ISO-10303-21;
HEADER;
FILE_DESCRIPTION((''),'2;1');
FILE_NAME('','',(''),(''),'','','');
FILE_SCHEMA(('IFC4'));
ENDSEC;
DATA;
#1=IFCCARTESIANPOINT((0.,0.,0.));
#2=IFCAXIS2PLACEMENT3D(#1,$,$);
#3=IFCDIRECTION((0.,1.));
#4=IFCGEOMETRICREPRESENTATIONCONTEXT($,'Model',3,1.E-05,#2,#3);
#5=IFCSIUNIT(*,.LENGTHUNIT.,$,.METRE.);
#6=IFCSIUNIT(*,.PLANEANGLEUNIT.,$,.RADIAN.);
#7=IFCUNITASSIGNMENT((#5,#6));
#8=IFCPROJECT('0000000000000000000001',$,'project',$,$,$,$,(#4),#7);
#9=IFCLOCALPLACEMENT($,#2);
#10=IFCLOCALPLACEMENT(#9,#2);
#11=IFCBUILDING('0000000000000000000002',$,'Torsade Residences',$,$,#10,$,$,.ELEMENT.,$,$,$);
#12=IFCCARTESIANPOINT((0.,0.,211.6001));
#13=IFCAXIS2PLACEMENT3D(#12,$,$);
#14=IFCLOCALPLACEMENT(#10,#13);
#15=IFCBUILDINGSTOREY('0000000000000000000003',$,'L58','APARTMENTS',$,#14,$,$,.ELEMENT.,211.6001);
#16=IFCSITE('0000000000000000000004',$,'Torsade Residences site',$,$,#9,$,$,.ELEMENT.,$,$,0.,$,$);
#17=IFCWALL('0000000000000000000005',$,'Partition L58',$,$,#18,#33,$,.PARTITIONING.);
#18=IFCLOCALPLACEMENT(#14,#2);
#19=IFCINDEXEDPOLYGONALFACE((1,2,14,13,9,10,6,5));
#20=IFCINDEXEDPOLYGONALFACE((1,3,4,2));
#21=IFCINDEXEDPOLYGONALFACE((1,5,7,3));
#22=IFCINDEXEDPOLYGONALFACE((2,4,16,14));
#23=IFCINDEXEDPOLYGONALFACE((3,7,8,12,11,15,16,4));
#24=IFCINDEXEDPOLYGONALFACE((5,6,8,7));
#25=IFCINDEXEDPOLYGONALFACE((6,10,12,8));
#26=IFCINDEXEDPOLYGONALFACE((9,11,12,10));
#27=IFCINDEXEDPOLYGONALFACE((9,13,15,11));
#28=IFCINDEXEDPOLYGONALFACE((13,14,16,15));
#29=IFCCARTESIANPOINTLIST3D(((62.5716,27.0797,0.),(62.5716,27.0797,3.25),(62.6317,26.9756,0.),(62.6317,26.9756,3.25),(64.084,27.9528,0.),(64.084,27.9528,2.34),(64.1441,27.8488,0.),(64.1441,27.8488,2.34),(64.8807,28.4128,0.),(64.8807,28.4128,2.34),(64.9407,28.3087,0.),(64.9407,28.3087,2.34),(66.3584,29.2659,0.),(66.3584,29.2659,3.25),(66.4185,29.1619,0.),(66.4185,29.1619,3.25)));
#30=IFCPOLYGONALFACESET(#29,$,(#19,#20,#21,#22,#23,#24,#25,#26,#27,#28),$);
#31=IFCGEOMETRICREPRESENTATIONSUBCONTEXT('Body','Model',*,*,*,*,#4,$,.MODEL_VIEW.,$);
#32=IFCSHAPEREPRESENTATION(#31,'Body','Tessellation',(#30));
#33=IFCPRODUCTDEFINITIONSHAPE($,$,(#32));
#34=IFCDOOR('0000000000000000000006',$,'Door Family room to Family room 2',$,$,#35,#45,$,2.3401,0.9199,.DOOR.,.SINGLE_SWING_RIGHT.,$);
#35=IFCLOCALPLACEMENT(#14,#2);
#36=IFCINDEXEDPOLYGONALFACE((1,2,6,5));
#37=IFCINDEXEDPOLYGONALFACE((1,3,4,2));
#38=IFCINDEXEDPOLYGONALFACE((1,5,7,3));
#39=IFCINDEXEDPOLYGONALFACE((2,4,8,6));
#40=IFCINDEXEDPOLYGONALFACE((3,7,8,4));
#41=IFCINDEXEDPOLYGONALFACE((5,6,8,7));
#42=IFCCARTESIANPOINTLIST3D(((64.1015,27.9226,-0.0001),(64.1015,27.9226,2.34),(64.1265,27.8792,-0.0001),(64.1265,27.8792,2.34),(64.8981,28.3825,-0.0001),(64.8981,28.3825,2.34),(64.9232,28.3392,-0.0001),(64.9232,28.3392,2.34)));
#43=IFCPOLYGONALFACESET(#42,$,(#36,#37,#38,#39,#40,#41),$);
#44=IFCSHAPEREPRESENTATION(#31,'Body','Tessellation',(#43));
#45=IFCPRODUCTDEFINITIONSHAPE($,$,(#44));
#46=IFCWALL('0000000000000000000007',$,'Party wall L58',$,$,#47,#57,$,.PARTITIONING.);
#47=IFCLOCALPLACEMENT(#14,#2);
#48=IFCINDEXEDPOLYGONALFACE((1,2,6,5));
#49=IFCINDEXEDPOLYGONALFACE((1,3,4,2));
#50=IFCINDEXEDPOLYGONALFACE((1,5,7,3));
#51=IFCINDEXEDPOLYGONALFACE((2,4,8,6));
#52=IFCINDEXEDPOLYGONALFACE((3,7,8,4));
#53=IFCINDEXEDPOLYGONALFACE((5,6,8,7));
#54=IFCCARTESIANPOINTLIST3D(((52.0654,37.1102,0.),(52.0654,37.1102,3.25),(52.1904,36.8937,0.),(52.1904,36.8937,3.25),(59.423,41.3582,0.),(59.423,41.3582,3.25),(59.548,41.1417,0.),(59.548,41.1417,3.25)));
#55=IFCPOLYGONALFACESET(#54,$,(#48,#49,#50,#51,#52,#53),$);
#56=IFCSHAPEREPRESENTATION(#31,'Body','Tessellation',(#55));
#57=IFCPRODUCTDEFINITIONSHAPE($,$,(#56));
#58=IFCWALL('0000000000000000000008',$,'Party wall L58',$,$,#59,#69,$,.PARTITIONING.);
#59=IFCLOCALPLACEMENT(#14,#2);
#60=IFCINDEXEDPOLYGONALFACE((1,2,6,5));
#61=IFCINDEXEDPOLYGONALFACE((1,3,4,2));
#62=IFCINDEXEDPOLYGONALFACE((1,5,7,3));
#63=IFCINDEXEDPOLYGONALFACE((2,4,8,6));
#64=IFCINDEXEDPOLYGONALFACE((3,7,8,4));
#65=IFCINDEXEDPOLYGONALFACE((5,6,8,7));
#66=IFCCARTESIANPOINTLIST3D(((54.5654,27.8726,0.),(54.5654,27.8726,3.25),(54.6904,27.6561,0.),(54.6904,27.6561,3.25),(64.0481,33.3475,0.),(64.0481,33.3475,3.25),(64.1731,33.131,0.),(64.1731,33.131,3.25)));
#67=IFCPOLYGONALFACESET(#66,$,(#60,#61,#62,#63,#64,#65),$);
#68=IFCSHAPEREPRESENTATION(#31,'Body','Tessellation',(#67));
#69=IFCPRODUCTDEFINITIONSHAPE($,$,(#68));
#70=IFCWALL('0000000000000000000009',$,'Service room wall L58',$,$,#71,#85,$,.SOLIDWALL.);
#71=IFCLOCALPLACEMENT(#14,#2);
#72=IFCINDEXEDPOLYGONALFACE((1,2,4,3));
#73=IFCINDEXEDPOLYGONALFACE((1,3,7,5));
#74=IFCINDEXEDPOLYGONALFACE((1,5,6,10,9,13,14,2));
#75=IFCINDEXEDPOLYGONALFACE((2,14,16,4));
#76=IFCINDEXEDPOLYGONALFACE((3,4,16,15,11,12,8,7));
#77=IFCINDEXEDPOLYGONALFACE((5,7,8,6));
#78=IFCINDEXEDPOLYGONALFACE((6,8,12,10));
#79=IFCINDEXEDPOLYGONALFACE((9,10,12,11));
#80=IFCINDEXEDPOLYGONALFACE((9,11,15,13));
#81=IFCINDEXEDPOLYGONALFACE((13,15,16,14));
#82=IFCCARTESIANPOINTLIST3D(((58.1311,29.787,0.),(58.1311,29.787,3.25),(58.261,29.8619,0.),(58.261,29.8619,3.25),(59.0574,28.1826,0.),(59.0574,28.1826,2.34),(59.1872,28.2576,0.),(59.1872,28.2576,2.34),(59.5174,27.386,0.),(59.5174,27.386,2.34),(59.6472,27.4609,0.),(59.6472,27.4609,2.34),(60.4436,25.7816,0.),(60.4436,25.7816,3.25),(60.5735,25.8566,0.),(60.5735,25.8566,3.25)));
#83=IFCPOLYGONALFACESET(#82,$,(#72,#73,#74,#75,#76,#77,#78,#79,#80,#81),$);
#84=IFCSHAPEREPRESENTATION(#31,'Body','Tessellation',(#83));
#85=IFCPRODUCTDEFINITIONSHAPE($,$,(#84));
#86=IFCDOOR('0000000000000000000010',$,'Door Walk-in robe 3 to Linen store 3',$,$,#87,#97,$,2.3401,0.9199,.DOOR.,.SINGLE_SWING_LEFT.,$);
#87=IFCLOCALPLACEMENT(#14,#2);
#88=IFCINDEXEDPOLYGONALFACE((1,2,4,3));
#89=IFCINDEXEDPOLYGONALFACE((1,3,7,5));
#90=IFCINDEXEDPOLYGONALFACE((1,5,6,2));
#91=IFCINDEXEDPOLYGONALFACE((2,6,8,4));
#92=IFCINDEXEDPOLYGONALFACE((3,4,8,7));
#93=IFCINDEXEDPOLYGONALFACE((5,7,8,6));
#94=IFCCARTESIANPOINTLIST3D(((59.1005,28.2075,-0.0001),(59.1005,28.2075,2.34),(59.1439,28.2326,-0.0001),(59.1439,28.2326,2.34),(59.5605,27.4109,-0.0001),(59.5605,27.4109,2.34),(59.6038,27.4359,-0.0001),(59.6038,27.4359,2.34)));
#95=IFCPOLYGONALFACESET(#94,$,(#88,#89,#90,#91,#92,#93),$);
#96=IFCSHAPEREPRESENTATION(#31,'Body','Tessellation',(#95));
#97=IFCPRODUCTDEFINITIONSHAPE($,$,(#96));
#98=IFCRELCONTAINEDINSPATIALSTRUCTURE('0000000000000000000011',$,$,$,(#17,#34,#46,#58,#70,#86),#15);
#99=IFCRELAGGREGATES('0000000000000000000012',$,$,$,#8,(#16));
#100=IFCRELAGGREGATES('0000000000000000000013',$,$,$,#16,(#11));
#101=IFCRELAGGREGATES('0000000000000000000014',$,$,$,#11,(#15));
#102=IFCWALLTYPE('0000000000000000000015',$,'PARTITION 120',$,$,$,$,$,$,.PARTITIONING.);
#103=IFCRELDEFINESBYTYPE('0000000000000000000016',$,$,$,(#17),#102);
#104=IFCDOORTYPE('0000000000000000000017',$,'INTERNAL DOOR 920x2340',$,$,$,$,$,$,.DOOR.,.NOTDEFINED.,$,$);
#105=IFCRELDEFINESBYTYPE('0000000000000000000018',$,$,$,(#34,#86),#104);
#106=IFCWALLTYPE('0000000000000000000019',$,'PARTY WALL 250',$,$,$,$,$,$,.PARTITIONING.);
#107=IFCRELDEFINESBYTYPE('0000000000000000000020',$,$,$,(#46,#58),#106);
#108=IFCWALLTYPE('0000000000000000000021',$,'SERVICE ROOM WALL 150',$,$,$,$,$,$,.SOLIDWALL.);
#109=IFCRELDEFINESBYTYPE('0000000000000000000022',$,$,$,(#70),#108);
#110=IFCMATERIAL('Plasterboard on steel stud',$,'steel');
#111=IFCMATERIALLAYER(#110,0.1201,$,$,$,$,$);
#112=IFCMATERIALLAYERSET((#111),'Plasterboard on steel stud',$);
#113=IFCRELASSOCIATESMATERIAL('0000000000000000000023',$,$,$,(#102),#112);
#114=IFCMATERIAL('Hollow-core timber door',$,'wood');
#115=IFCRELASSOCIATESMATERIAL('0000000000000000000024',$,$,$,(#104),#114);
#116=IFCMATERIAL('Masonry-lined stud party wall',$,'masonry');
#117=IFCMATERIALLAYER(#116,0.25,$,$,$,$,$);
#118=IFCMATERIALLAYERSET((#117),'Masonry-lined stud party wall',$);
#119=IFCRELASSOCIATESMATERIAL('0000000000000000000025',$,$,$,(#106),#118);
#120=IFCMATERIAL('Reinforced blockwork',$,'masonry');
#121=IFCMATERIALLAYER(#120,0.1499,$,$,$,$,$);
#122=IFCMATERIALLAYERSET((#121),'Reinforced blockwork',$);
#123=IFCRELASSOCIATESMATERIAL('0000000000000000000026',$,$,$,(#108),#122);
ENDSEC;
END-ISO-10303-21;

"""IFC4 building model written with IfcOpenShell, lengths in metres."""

from ifc_helpers import new_model, si_unit, direction, frame, frame_2d, origin, place, context, subcontext, project, spatial, rectangle, extrude, material, layer, layer_set, type_object, element, fill, save


model = new_model("IFC4")

# Units and contexts
model_context = context("Model", 3, precision=1e-05, world=origin(), true_north=direction((0.0, 1.0)))
body_context = subcontext(model_context, "Body", "Model", "MODEL_VIEW")
ifc_project = project(units=[si_unit("LENGTHUNIT", "METRE"), si_unit("PLANEANGLEUNIT", "RADIAN")], contexts=[model_context])

# Site, building, storey
site_placement = place(None, origin())
site = spatial("IfcSite", under=ifc_project, at=site_placement, Name="Torsade Residences site", CompositionType="ELEMENT", RefElevation=0.0)
building_placement = place(site_placement, origin())
building = spatial("IfcBuilding", under=site, at=building_placement, Name="Torsade Residences", CompositionType="ELEMENT")
storey_placement = place(building_placement, frame((0.0, 0.0, 211.6001)))
storey = spatial("IfcBuildingStorey", under=building, at=storey_placement, Name="L58", Description="APARTMENTS", CompositionType="ELEMENT", Elevation=211.6001)

# Wall, opening, door
ifc_material_1 = material(Name="Plasterboard on steel stud", Category="steel")
ifc_layer_1 = layer(ifc_material_1, 0.1201)
ifc_layer_set_1 = layer_set([ifc_layer_1], Name="Plasterboard on steel stud")
wall_type_1 = type_object("IfcWallType", Name="PARTITION 120", PredefinedType="PARTITIONING", material=ifc_layer_set_1)
wall_1_placement = place(storey_placement, frame((66.3884, 29.2139, 0.0), z_axis=(0.0, 0.0, 1.0), x_axis=(-0.866032, -0.499988, 0.0)))
wall_1 = element("IfcWall", 1, at=wall_1_placement, inside=storey, type_object=wall_type_1, Name="Partition L58", PredefinedType="PARTITIONING", context=body_context, shape_type="SweptSolid", body=[
    extrude(rectangle(XDim=4.3726, YDim=0.1201, at=frame_2d((2.1863, 0.0))), origin(), (0.0, 0.0, 1.0), 3.25),
])
opening_1_placement = place(wall_1_placement, frame((1.7063, 0.0, 0.0)))
opening_1 = element("IfcOpeningElement", 2, at=opening_1_placement, cuts=wall_1, PredefinedType="OPENING", context=body_context, shape_type="SweptSolid", body=[
    extrude(rectangle(XDim=0.9199, YDim=2.3401, at=frame_2d((0.46, 1.1699))), frame((0.0, 0.0701, 0.0), z_axis=(0.0, -1.0, 0.0), x_axis=(1.0, 0.0, 0.0)), (0.0, 0.0, 1.0), 0.1401),
])
ifc_material_2 = material(Name="Hollow-core timber door", Category="wood")
door_type = type_object("IfcDoorType", Name="INTERNAL DOOR 920x2340", OperationType="NOTDEFINED", PredefinedType="DOOR", material=ifc_material_2)
door_1_placement = place(opening_1_placement, origin())
door_1 = element("IfcDoor", 3, at=door_1_placement, inside=storey, type_object=door_type, Name="Door Family room to Family room 2", OperationType="SINGLE_SWING_RIGHT", OverallHeight=2.3401, OverallWidth=0.9199, PredefinedType="DOOR", context=body_context, shape_type="SweptSolid", body=[
    extrude(rectangle(XDim=0.9199, YDim=2.3401, at=frame_2d((0.46, 1.1699))), frame((0.0, 0.0249, 0.0), z_axis=(0.0, -1.0, 0.0), x_axis=(1.0, 0.0, 0.0)), (0.0, 0.0, 1.0), 0.05),
])
fill(opening_1, door_1)

# Walls
ifc_material_3 = material(Name="Masonry-lined stud party wall", Category="masonry")
ifc_layer_2 = layer(ifc_material_3, 0.25)
ifc_layer_set_2 = layer_set([ifc_layer_2], Name="Masonry-lined stud party wall")
wall_type_2 = type_object("IfcWallType", Name="PARTY WALL 250", PredefinedType="PARTITIONING", material=ifc_layer_set_2)
wall_2_placement = place(storey_placement, frame((59.4856, 41.25, 0.0), z_axis=(0.0, 0.0, 1.0), x_axis=(-0.86602, -0.500009, 0.0)))
element("IfcWall", 4, at=wall_2_placement, inside=storey, type_object=wall_type_2, Name="Party wall L58", PredefinedType="PARTITIONING", context=body_context, shape_type="SweptSolid", body=[
    extrude(rectangle(XDim=8.4958, YDim=0.25, at=frame_2d((4.248, 0.0))), origin(), (0.0, 0.0, 1.0), 3.25),
])
wall_3_placement = place(storey_placement, frame((64.1106, 33.2393, 0.0), z_axis=(0.0, 0.0, 1.0), x_axis=(-0.866024, -0.500002, 0.0)))
element("IfcWall", 5, at=wall_3_placement, inside=storey, type_object=wall_type_2, Name="Party wall L58", PredefinedType="PARTITIONING", context=body_context, shape_type="SweptSolid", body=[
    extrude(rectangle(XDim=10.9497, YDim=0.25, at=frame_2d((5.4749, 0.0))), origin(), (0.0, 0.0, 1.0), 3.25),
])

# Wall, opening, door
ifc_material_4 = material(Name="Reinforced blockwork", Category="masonry")
ifc_layer_3 = layer(ifc_material_4, 0.1499)
ifc_layer_set_3 = layer_set([ifc_layer_3], Name="Reinforced blockwork")
wall_type_3 = type_object("IfcWallType", Name="SERVICE ROOM WALL 150", PredefinedType="SOLIDWALL", material=ifc_layer_set_3)
wall_4_placement = place(storey_placement, frame((58.196, 29.8245, 0.0), z_axis=(0.0, 0.0, 1.0), x_axis=(0.5, -0.866026, 0.0)))
wall_4 = element("IfcWall", 6, at=wall_4_placement, inside=storey, type_object=wall_type_3, Name="Service room wall L58", PredefinedType="SOLIDWALL", context=body_context, shape_type="SweptSolid", body=[
    extrude(rectangle(XDim=4.625, YDim=0.1499, at=frame_2d((2.3125, 0.0))), origin(), (0.0, 0.0, 1.0), 3.25),
])
opening_2_placement = place(wall_4_placement, frame((1.8525, 0.0, 0.0)))
opening_2 = element("IfcOpeningElement", 7, at=opening_2_placement, cuts=wall_4, PredefinedType="OPENING", context=body_context, shape_type="SweptSolid", body=[
    extrude(rectangle(XDim=0.9199, YDim=2.3401, at=frame_2d((0.46, 1.1699))), frame((0.0, 0.085, 0.0), z_axis=(0.0, -1.0, 0.0), x_axis=(1.0, 0.0, 0.0)), (0.0, 0.0, 1.0), 0.1699),
])
door_2_placement = place(opening_2_placement, origin())
door_2 = element("IfcDoor", 8, at=door_2_placement, inside=storey, type_object=door_type, Name="Door Walk-in robe 3 to Linen store 3", OperationType="SINGLE_SWING_LEFT", OverallHeight=2.3401, OverallWidth=0.9199, PredefinedType="DOOR", context=body_context, shape_type="SweptSolid", body=[
    extrude(rectangle(XDim=0.9199, YDim=2.3401, at=frame_2d((0.46, 1.1699))), frame((0.0, 0.0249, 0.0), z_axis=(0.0, -1.0, 0.0), x_axis=(1.0, 0.0, 0.0)), (0.0, 0.0, 1.0), 0.05),
])
fill(opening_2, door_2)

save(model, "model.ifc")
